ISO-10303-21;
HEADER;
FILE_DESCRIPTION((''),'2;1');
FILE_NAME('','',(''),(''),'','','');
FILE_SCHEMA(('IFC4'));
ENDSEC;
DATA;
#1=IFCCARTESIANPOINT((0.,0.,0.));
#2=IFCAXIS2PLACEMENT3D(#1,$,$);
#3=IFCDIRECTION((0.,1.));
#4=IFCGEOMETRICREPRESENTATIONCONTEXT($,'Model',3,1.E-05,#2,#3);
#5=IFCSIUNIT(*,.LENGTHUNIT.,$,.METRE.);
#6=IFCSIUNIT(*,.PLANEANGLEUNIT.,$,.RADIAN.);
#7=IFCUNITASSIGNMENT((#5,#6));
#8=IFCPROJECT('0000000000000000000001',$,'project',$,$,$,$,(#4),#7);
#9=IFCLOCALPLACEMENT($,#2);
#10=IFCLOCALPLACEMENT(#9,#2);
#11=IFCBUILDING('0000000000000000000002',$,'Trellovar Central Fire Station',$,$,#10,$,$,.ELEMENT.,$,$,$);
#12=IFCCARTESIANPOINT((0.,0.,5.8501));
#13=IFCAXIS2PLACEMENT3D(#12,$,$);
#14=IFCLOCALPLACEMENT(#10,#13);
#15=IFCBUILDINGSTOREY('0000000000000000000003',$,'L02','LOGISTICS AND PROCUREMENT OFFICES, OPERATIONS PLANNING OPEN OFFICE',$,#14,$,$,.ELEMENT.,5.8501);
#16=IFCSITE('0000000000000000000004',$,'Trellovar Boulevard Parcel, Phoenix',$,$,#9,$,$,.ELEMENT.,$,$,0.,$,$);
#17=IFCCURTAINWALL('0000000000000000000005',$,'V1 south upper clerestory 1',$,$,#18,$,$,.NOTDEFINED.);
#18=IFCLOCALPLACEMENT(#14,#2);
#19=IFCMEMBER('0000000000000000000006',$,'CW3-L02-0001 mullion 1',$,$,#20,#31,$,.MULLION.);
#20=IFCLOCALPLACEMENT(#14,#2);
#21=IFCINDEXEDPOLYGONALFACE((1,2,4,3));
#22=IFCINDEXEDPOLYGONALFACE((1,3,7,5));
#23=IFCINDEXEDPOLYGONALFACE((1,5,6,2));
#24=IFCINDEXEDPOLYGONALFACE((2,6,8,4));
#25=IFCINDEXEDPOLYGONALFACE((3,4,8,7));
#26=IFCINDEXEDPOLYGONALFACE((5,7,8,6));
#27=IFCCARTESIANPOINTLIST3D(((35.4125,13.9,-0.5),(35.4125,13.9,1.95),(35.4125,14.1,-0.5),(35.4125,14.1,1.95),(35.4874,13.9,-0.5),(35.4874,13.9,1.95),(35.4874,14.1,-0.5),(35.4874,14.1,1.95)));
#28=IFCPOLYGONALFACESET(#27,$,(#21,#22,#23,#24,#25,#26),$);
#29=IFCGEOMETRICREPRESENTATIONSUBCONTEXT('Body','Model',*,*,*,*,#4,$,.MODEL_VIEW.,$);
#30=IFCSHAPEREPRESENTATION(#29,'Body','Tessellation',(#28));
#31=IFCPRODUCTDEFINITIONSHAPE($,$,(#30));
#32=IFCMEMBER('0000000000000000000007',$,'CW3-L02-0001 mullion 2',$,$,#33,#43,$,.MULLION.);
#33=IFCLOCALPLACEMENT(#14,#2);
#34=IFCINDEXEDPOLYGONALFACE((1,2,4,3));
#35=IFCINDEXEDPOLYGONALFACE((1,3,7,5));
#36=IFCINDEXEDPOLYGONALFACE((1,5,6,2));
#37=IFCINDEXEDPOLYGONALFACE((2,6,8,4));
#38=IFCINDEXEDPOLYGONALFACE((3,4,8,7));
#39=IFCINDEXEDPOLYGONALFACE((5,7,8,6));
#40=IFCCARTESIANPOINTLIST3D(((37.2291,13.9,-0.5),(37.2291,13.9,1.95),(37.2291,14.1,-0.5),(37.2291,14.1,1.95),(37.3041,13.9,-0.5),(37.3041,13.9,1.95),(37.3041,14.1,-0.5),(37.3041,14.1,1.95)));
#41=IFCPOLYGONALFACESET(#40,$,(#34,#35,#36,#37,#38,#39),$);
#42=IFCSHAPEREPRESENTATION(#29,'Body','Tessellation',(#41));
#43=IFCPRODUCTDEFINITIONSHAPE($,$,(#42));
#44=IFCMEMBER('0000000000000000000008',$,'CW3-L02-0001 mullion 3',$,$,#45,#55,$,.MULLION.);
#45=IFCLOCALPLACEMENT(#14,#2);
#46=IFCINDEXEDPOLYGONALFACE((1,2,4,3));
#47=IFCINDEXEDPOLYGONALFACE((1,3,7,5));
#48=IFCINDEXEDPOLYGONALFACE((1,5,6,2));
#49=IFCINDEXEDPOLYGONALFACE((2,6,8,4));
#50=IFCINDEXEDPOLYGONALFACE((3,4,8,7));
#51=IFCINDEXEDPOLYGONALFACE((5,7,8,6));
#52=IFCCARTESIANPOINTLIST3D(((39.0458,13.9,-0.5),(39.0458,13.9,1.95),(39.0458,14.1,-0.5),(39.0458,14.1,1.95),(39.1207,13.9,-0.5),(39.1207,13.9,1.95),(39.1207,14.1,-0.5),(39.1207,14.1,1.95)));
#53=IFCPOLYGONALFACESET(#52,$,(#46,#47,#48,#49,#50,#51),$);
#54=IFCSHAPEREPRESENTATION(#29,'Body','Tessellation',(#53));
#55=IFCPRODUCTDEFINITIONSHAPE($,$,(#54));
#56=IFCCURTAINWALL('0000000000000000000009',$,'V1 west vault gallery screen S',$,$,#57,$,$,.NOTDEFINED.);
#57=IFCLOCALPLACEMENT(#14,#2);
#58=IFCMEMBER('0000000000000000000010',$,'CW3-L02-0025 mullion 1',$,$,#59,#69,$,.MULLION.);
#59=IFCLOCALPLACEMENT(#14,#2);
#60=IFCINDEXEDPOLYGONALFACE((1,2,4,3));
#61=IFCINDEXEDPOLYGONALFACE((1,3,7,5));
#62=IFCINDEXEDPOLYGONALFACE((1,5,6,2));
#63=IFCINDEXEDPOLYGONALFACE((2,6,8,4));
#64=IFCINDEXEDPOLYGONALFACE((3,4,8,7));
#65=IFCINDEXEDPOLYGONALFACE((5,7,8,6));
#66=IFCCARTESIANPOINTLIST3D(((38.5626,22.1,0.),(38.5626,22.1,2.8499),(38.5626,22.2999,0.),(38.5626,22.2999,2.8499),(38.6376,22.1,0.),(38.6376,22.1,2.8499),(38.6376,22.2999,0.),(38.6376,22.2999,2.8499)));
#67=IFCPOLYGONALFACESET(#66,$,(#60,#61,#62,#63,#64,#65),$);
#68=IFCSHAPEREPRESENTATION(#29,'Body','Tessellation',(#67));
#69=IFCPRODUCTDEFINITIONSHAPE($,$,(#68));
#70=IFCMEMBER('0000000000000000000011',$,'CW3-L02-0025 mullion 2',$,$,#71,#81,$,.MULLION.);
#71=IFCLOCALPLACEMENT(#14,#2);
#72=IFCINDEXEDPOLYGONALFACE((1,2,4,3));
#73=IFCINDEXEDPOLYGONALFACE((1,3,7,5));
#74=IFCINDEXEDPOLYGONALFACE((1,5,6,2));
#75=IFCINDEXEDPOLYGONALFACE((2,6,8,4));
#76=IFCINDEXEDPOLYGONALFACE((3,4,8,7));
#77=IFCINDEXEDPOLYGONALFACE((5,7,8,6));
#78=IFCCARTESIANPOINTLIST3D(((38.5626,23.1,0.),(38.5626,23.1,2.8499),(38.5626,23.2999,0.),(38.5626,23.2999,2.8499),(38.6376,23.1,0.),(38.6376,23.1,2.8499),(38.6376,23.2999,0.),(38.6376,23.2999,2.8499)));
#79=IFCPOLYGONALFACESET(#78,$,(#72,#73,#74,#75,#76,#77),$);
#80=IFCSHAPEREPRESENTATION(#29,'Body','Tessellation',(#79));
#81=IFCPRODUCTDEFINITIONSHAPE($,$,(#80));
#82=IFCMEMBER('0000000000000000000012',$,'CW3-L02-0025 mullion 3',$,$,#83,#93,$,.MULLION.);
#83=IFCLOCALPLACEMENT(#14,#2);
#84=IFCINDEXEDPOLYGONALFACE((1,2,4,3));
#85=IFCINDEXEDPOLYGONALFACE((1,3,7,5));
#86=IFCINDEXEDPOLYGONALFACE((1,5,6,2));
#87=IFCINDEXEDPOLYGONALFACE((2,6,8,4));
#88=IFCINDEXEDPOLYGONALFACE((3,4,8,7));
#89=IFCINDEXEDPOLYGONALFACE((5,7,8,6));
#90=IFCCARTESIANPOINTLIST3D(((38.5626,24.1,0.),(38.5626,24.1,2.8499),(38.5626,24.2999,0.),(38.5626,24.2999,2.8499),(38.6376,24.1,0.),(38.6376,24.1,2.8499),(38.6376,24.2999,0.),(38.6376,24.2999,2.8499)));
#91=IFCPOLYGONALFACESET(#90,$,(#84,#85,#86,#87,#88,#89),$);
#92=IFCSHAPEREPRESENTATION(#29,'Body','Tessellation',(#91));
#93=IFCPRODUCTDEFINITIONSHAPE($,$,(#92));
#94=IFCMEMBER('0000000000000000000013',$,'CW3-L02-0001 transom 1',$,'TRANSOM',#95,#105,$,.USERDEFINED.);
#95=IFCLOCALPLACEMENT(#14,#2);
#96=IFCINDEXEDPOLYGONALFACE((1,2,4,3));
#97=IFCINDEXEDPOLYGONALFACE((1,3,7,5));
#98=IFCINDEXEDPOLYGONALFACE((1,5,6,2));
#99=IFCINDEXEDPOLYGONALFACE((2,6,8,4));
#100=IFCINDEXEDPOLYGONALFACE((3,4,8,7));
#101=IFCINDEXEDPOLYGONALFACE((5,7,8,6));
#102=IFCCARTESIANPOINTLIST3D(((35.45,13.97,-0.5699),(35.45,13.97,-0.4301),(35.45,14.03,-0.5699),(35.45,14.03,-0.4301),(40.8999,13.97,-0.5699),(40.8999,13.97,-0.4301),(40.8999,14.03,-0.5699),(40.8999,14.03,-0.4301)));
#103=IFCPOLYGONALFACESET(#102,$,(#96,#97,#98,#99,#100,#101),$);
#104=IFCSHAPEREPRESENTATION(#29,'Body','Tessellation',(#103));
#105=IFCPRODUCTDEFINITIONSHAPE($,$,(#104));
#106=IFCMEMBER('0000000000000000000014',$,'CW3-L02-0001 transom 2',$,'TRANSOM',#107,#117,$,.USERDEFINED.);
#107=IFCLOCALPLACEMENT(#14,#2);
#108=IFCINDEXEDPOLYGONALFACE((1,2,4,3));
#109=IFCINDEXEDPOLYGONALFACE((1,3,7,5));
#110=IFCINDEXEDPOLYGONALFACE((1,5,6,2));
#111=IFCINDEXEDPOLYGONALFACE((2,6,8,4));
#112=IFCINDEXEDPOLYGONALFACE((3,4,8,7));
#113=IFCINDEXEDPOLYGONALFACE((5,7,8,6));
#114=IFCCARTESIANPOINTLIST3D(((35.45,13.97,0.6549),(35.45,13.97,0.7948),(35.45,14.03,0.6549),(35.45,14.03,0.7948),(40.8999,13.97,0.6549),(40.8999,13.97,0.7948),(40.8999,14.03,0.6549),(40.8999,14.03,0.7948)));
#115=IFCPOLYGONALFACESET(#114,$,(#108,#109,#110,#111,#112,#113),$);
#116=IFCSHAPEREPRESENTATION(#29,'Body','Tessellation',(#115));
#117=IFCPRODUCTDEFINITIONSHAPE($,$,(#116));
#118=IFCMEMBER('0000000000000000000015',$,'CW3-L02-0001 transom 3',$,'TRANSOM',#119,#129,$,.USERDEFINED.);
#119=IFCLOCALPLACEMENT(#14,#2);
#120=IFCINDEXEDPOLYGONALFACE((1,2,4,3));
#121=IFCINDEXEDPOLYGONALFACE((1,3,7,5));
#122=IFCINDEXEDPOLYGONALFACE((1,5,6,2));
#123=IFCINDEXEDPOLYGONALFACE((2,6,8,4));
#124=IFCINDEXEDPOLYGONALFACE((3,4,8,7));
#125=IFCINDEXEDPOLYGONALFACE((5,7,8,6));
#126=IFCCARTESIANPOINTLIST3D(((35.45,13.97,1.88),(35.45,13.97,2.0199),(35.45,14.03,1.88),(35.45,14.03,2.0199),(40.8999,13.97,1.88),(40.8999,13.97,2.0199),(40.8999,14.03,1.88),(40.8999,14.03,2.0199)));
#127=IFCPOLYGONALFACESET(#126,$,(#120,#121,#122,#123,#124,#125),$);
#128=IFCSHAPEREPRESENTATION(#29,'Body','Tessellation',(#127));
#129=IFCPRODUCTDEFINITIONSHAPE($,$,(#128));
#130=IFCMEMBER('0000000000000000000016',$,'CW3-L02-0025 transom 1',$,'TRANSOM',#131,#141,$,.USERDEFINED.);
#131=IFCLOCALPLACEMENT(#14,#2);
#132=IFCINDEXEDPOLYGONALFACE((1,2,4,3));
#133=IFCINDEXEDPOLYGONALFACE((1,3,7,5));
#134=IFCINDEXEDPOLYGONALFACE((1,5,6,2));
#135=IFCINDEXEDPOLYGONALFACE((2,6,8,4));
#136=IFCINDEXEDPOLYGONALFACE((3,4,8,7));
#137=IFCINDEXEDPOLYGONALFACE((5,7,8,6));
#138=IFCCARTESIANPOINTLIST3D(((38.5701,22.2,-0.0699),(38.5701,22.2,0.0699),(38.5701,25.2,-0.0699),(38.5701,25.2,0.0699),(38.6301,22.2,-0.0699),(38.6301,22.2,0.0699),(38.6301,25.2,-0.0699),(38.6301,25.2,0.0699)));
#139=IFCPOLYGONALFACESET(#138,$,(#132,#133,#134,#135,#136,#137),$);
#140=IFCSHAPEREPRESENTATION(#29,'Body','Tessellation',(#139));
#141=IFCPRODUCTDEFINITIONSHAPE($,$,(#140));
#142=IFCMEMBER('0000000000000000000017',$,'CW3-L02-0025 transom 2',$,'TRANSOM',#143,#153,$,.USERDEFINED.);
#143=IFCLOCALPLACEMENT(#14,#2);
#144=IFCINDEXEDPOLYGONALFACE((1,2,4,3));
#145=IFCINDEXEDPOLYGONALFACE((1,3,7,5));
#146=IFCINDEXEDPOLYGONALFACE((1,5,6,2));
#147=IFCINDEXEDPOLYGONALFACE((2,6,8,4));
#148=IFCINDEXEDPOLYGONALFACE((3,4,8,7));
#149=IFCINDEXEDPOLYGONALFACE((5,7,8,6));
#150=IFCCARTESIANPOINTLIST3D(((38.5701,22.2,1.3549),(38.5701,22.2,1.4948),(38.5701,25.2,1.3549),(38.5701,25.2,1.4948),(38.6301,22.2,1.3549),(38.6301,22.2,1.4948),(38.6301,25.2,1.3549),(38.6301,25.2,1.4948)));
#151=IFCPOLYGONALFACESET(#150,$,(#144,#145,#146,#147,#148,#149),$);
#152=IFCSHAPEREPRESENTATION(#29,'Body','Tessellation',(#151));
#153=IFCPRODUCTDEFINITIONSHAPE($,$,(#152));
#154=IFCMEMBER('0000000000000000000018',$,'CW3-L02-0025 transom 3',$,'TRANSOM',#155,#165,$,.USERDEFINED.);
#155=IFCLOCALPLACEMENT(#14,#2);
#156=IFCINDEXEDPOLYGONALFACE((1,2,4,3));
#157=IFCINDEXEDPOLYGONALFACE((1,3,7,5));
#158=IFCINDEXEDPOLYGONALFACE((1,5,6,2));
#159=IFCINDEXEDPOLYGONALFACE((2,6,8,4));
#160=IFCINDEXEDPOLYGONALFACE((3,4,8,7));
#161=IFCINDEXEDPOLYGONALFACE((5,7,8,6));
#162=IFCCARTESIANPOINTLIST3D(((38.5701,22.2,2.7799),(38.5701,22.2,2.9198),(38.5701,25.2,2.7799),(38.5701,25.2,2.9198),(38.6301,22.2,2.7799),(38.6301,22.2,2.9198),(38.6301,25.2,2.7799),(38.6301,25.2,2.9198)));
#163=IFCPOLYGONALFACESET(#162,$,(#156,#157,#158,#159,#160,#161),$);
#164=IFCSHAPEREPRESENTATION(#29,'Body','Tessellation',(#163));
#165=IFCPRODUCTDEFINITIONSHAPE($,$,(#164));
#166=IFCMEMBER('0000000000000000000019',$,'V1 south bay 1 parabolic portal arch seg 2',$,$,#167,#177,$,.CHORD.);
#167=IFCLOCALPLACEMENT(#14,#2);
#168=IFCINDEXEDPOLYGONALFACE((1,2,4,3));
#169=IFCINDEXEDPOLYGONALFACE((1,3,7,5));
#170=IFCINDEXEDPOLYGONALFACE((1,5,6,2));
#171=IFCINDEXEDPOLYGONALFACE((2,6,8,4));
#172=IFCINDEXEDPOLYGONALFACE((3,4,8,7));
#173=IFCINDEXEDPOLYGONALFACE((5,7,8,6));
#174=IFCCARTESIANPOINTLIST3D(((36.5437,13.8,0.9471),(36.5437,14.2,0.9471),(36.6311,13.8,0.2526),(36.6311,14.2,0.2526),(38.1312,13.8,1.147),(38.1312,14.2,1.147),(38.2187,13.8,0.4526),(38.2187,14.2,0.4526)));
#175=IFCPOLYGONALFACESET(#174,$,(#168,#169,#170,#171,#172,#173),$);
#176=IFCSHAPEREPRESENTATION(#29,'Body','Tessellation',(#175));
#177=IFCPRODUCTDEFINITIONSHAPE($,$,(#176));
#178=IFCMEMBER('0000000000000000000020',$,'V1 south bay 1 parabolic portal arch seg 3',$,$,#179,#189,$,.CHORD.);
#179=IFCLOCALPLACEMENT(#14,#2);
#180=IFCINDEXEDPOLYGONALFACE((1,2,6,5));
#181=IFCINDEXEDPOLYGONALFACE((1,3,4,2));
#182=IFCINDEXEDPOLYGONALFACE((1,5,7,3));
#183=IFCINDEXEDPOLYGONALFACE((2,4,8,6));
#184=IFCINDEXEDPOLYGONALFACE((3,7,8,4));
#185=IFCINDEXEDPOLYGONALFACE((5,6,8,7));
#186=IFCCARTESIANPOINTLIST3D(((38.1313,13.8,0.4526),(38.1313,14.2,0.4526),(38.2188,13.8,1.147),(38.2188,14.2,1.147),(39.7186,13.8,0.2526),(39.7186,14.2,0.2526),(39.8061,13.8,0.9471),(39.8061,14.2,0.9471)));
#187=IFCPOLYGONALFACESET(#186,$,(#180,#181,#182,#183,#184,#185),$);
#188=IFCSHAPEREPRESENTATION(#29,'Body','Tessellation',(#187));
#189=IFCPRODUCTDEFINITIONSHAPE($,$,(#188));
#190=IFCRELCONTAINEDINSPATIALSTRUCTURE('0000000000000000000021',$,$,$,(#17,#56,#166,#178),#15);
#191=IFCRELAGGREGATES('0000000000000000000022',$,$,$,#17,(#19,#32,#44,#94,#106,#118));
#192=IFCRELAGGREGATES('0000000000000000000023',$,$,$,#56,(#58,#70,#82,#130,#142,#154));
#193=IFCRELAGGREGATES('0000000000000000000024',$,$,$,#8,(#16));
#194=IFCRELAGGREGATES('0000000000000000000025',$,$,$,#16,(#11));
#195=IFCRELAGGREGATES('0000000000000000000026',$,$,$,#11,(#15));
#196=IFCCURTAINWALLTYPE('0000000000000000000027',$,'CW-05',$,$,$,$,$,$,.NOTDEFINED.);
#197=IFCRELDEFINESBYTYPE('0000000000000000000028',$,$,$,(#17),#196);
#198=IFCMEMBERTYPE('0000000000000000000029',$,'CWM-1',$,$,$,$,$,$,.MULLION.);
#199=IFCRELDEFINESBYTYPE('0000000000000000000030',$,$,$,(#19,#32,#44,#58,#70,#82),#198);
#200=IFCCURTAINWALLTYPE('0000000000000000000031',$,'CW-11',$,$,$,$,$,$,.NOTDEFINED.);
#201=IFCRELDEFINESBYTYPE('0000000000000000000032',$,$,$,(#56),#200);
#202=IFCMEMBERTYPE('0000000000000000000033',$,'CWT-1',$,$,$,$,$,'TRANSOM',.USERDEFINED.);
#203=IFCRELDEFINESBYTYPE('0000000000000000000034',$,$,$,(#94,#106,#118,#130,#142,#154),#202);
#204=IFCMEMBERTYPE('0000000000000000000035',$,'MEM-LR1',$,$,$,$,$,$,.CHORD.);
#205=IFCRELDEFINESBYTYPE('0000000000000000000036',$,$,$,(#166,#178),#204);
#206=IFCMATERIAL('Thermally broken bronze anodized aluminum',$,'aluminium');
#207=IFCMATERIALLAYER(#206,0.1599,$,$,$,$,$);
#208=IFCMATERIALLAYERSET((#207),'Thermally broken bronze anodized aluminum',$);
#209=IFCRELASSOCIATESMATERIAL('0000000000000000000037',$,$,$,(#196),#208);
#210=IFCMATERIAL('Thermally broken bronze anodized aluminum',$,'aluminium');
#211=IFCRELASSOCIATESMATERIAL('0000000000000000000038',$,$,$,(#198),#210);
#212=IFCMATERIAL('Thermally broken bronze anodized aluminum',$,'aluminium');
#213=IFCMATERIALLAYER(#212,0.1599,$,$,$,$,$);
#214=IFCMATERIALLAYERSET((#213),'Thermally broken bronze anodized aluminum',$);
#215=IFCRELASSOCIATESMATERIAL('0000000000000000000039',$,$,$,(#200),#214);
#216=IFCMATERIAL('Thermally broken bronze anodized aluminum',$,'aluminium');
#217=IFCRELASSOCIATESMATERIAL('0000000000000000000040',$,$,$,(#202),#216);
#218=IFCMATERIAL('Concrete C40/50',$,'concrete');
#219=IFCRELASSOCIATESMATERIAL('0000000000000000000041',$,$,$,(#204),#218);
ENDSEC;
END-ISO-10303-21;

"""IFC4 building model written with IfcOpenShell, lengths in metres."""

from ifc_helpers import new_model, si_unit, direction, frame, origin, origin_2d, place, context, subcontext, project, spatial, rectangle, extrude, material, layer, layer_set, material_profile, profile_set, type_object, element, aggregate, save


model = new_model("IFC4")

# Units and contexts
model_context = context("Model", 3, precision=1e-05, world=origin(), true_north=direction((0.0, 1.0)))
body_context = subcontext(model_context, "Body", "Model", "MODEL_VIEW")
ifc_project = project(units=[si_unit("LENGTHUNIT", "METRE"), si_unit("PLANEANGLEUNIT", "RADIAN")], contexts=[model_context])

# Site, building, storey
site_placement = place(None, origin())
site = spatial("IfcSite", under=ifc_project, at=site_placement, Name="Trellovar Boulevard Parcel, Phoenix", CompositionType="ELEMENT", RefElevation=0.0)
building_placement = place(site_placement, origin())
building = spatial("IfcBuilding", under=site, at=building_placement, Name="Trellovar Central Fire Station", CompositionType="ELEMENT")
storey_placement = place(building_placement, frame((0.0, 0.0, 5.8501)))
storey = spatial("IfcBuildingStorey", under=building, at=storey_placement, Name="L02", Description="LOGISTICS AND PROCUREMENT OFFICES, OPERATIONS PLANNING OPEN OFFICE", CompositionType="ELEMENT", Elevation=5.8501)

# Curtain walls, members
ifc_material_1 = material(Name="Thermally broken bronze anodized aluminum", Category="aluminium")
ifc_layer_1 = layer(ifc_material_1, 0.1599)
ifc_layer_set_1 = layer_set([ifc_layer_1], Name="Thermally broken bronze anodized aluminum")
curtain_wall_type_1 = type_object("IfcCurtainWallType", Name="CW-05", PredefinedType="NOTDEFINED", material=ifc_layer_set_1)
curtain_wall_1_placement = place(storey_placement, origin())
curtain_wall_1 = element("IfcCurtainWall", 1, at=curtain_wall_1_placement, inside=storey, type_object=curtain_wall_type_1, Name="V1 south upper clerestory 1", PredefinedType="NOTDEFINED")
ifc_material_2 = material(Name="Thermally broken bronze anodized aluminum", Category="aluminium")
ifc_material_profile_1 = material_profile(ifc_material_2, rectangle(XDim=0.075, YDim=0.2, at=origin_2d()), Name="ALU75X200")
ifc_profile_set_1 = profile_set([ifc_material_profile_1], Name="Thermally broken bronze anodized aluminum")
member_type_1 = type_object("IfcMemberType", Name="CWM-1", PredefinedType="MULLION", material=ifc_profile_set_1)
member_1_placement = place(storey_placement, frame((35.45, 14.0, -0.5), z_axis=(0.0, 0.0, 1.0), x_axis=(1.0, 0.0, 0.0)))
member_1 = element("IfcMember", 2, at=member_1_placement, type_object=member_type_1, Name="CW3-L02-0001 mullion 1", PredefinedType="MULLION", context=body_context, shape_type="SweptSolid", body=[
    extrude(rectangle(XDim=0.075, YDim=0.2, at=origin_2d()), origin(), (0.0, 0.0, 1.0), 2.45),
])
member_2_placement = place(storey_placement, frame((37.2666, 14.0, -0.5), z_axis=(0.0, 0.0, 1.0), x_axis=(1.0, 0.0, 0.0)))
member_2 = element("IfcMember", 3, at=member_2_placement, type_object=member_type_1, Name="CW3-L02-0001 mullion 2", PredefinedType="MULLION", context=body_context, shape_type="SweptSolid", body=[
    extrude(rectangle(XDim=0.075, YDim=0.2, at=origin_2d()), origin(), (0.0, 0.0, 1.0), 2.45),
])
member_3_placement = place(storey_placement, frame((39.0833, 14.0, -0.5), z_axis=(0.0, 0.0, 1.0), x_axis=(1.0, 0.0, 0.0)))
member_3 = element("IfcMember", 4, at=member_3_placement, type_object=member_type_1, Name="CW3-L02-0001 mullion 3", PredefinedType="MULLION", context=body_context, shape_type="SweptSolid", body=[
    extrude(rectangle(XDim=0.075, YDim=0.2, at=origin_2d()), origin(), (0.0, 0.0, 1.0), 2.45),
])
ifc_material_3 = material(Name="Thermally broken bronze anodized aluminum", Category="aluminium")
ifc_layer_2 = layer(ifc_material_3, 0.1599)
ifc_layer_set_2 = layer_set([ifc_layer_2], Name="Thermally broken bronze anodized aluminum")
curtain_wall_type_2 = type_object("IfcCurtainWallType", Name="CW-11", PredefinedType="NOTDEFINED", material=ifc_layer_set_2)
curtain_wall_2_placement = place(storey_placement, origin())
curtain_wall_2 = element("IfcCurtainWall", 5, at=curtain_wall_2_placement, inside=storey, type_object=curtain_wall_type_2, Name="V1 west vault gallery screen S", PredefinedType="NOTDEFINED")
member_4_placement = place(storey_placement, frame((38.6001, 22.2, 0.0), z_axis=(0.0, 0.0, 1.0), x_axis=(1.0, 0.0, 0.0)))
member_4 = element("IfcMember", 6, at=member_4_placement, type_object=member_type_1, Name="CW3-L02-0025 mullion 1", PredefinedType="MULLION", context=body_context, shape_type="SweptSolid", body=[
    extrude(rectangle(XDim=0.075, YDim=0.2, at=origin_2d()), origin(), (0.0, 0.0, 1.0), 2.8499),
])
member_5_placement = place(storey_placement, frame((38.6001, 23.2, 0.0), z_axis=(0.0, 0.0, 1.0), x_axis=(1.0, 0.0, 0.0)))
member_5 = element("IfcMember", 7, at=member_5_placement, type_object=member_type_1, Name="CW3-L02-0025 mullion 2", PredefinedType="MULLION", context=body_context, shape_type="SweptSolid", body=[
    extrude(rectangle(XDim=0.075, YDim=0.2, at=origin_2d()), origin(), (0.0, 0.0, 1.0), 2.8499),
])
member_6_placement = place(storey_placement, frame((38.6001, 24.2, 0.0), z_axis=(0.0, 0.0, 1.0), x_axis=(1.0, 0.0, 0.0)))
member_6 = element("IfcMember", 8, at=member_6_placement, type_object=member_type_1, Name="CW3-L02-0025 mullion 3", PredefinedType="MULLION", context=body_context, shape_type="SweptSolid", body=[
    extrude(rectangle(XDim=0.075, YDim=0.2, at=origin_2d()), origin(), (0.0, 0.0, 1.0), 2.8499),
])

# Members
ifc_material_4 = material(Name="Thermally broken bronze anodized aluminum", Category="aluminium")
ifc_material_profile_2 = material_profile(ifc_material_4, rectangle(XDim=0.0601, YDim=0.1399, at=origin_2d()), Name="ALU60X140")
ifc_profile_set_2 = profile_set([ifc_material_profile_2], Name="Thermally broken bronze anodized aluminum")
member_type_2 = type_object("IfcMemberType", Name="CWT-1", ElementType="TRANSOM", PredefinedType="USERDEFINED", material=ifc_profile_set_2)
member_7_placement = place(storey_placement, frame((35.45, 14.0, -0.5), z_axis=(1.0, 0.0, 0.0), x_axis=(0.0, 1.0, 0.0)))
member_7 = element("IfcMember", 9, at=member_7_placement, type_object=member_type_2, Name="CW3-L02-0001 transom 1", ObjectType="TRANSOM", PredefinedType="USERDEFINED", context=body_context, shape_type="SweptSolid", body=[
    extrude(rectangle(XDim=0.0601, YDim=0.1399, at=origin_2d()), origin(), (0.0, 0.0, 1.0), 5.45),
])
member_8_placement = place(storey_placement, frame((35.45, 14.0, 0.7249), z_axis=(1.0, 0.0, 0.0), x_axis=(0.0, 1.0, 0.0)))
member_8 = element("IfcMember", 10, at=member_8_placement, type_object=member_type_2, Name="CW3-L02-0001 transom 2", ObjectType="TRANSOM", PredefinedType="USERDEFINED", context=body_context, shape_type="SweptSolid", body=[
    extrude(rectangle(XDim=0.0601, YDim=0.1399, at=origin_2d()), origin(), (0.0, 0.0, 1.0), 5.45),
])
member_9_placement = place(storey_placement, frame((35.45, 14.0, 1.95), z_axis=(1.0, 0.0, 0.0), x_axis=(0.0, 1.0, 0.0)))
member_9 = element("IfcMember", 11, at=member_9_placement, type_object=member_type_2, Name="CW3-L02-0001 transom 3", ObjectType="TRANSOM", PredefinedType="USERDEFINED", context=body_context, shape_type="SweptSolid", body=[
    extrude(rectangle(XDim=0.0601, YDim=0.1399, at=origin_2d()), origin(), (0.0, 0.0, 1.0), 5.45),
])
member_10_placement = place(storey_placement, frame((38.6001, 22.2, 0.0), z_axis=(0.0, 1.0, 0.0), x_axis=(-1.0, 0.0, 0.0)))
member_10 = element("IfcMember", 12, at=member_10_placement, type_object=member_type_2, Name="CW3-L02-0025 transom 1", ObjectType="TRANSOM", PredefinedType="USERDEFINED", context=body_context, shape_type="SweptSolid", body=[
    extrude(rectangle(XDim=0.0601, YDim=0.1399, at=origin_2d()), origin(), (0.0, 0.0, 1.0), 3.0),
])
member_11_placement = place(storey_placement, frame((38.6001, 22.2, 1.4248), z_axis=(0.0, 1.0, 0.0), x_axis=(-1.0, 0.0, 0.0)))
member_11 = element("IfcMember", 13, at=member_11_placement, type_object=member_type_2, Name="CW3-L02-0025 transom 2", ObjectType="TRANSOM", PredefinedType="USERDEFINED", context=body_context, shape_type="SweptSolid", body=[
    extrude(rectangle(XDim=0.0601, YDim=0.1399, at=origin_2d()), origin(), (0.0, 0.0, 1.0), 3.0),
])
member_12_placement = place(storey_placement, frame((38.6001, 22.2, 2.8499), z_axis=(0.0, 1.0, 0.0), x_axis=(-1.0, 0.0, 0.0)))
member_12 = element("IfcMember", 14, at=member_12_placement, type_object=member_type_2, Name="CW3-L02-0025 transom 3", ObjectType="TRANSOM", PredefinedType="USERDEFINED", context=body_context, shape_type="SweptSolid", body=[
    extrude(rectangle(XDim=0.0601, YDim=0.1399, at=origin_2d()), origin(), (0.0, 0.0, 1.0), 3.0),
])

# Members
ifc_material_5 = material(Name="Concrete C40/50", Category="concrete")
ifc_material_profile_3 = material_profile(ifc_material_5, rectangle(XDim=0.3999, YDim=0.7, at=origin_2d()), Name="RC400X700")
ifc_profile_set_3 = profile_set([ifc_material_profile_3], Name="Concrete C40/50")
member_type_3 = type_object("IfcMemberType", Name="MEM-LR1", PredefinedType="CHORD", material=ifc_profile_set_3)
member_13_placement = place(storey_placement, frame((36.5874, 14.0, 0.5999), z_axis=(0.992162, 0.0, 0.124955), x_axis=(0.0, 1.0, 0.0)))
element("IfcMember", 15, at=member_13_placement, inside=storey, type_object=member_type_3, Name="V1 south bay 1 parabolic portal arch seg 2", PredefinedType="CHORD", context=body_context, shape_type="SweptSolid", body=[
    extrude(rectangle(XDim=0.3999, YDim=0.7, at=origin_2d()), origin(), (0.0, 0.0, 1.0), 1.6001),
])
member_14_placement = place(storey_placement, frame((38.175, 14.0, 0.7998), z_axis=(0.99216, 0.0, -0.124974), x_axis=(0.0, 1.0, 0.0)))
element("IfcMember", 16, at=member_14_placement, inside=storey, type_object=member_type_3, Name="V1 south bay 1 parabolic portal arch seg 3", PredefinedType="CHORD", context=body_context, shape_type="SweptSolid", body=[
    extrude(rectangle(XDim=0.3999, YDim=0.7, at=origin_2d()), origin(), (0.0, 0.0, 1.0), 1.5999),
])

aggregate(curtain_wall_1, [member_1, member_2, member_3, member_7, member_8, member_9])
aggregate(curtain_wall_2, [member_4, member_5, member_6, member_10, member_11, member_12])

save(model, "model.ifc")
